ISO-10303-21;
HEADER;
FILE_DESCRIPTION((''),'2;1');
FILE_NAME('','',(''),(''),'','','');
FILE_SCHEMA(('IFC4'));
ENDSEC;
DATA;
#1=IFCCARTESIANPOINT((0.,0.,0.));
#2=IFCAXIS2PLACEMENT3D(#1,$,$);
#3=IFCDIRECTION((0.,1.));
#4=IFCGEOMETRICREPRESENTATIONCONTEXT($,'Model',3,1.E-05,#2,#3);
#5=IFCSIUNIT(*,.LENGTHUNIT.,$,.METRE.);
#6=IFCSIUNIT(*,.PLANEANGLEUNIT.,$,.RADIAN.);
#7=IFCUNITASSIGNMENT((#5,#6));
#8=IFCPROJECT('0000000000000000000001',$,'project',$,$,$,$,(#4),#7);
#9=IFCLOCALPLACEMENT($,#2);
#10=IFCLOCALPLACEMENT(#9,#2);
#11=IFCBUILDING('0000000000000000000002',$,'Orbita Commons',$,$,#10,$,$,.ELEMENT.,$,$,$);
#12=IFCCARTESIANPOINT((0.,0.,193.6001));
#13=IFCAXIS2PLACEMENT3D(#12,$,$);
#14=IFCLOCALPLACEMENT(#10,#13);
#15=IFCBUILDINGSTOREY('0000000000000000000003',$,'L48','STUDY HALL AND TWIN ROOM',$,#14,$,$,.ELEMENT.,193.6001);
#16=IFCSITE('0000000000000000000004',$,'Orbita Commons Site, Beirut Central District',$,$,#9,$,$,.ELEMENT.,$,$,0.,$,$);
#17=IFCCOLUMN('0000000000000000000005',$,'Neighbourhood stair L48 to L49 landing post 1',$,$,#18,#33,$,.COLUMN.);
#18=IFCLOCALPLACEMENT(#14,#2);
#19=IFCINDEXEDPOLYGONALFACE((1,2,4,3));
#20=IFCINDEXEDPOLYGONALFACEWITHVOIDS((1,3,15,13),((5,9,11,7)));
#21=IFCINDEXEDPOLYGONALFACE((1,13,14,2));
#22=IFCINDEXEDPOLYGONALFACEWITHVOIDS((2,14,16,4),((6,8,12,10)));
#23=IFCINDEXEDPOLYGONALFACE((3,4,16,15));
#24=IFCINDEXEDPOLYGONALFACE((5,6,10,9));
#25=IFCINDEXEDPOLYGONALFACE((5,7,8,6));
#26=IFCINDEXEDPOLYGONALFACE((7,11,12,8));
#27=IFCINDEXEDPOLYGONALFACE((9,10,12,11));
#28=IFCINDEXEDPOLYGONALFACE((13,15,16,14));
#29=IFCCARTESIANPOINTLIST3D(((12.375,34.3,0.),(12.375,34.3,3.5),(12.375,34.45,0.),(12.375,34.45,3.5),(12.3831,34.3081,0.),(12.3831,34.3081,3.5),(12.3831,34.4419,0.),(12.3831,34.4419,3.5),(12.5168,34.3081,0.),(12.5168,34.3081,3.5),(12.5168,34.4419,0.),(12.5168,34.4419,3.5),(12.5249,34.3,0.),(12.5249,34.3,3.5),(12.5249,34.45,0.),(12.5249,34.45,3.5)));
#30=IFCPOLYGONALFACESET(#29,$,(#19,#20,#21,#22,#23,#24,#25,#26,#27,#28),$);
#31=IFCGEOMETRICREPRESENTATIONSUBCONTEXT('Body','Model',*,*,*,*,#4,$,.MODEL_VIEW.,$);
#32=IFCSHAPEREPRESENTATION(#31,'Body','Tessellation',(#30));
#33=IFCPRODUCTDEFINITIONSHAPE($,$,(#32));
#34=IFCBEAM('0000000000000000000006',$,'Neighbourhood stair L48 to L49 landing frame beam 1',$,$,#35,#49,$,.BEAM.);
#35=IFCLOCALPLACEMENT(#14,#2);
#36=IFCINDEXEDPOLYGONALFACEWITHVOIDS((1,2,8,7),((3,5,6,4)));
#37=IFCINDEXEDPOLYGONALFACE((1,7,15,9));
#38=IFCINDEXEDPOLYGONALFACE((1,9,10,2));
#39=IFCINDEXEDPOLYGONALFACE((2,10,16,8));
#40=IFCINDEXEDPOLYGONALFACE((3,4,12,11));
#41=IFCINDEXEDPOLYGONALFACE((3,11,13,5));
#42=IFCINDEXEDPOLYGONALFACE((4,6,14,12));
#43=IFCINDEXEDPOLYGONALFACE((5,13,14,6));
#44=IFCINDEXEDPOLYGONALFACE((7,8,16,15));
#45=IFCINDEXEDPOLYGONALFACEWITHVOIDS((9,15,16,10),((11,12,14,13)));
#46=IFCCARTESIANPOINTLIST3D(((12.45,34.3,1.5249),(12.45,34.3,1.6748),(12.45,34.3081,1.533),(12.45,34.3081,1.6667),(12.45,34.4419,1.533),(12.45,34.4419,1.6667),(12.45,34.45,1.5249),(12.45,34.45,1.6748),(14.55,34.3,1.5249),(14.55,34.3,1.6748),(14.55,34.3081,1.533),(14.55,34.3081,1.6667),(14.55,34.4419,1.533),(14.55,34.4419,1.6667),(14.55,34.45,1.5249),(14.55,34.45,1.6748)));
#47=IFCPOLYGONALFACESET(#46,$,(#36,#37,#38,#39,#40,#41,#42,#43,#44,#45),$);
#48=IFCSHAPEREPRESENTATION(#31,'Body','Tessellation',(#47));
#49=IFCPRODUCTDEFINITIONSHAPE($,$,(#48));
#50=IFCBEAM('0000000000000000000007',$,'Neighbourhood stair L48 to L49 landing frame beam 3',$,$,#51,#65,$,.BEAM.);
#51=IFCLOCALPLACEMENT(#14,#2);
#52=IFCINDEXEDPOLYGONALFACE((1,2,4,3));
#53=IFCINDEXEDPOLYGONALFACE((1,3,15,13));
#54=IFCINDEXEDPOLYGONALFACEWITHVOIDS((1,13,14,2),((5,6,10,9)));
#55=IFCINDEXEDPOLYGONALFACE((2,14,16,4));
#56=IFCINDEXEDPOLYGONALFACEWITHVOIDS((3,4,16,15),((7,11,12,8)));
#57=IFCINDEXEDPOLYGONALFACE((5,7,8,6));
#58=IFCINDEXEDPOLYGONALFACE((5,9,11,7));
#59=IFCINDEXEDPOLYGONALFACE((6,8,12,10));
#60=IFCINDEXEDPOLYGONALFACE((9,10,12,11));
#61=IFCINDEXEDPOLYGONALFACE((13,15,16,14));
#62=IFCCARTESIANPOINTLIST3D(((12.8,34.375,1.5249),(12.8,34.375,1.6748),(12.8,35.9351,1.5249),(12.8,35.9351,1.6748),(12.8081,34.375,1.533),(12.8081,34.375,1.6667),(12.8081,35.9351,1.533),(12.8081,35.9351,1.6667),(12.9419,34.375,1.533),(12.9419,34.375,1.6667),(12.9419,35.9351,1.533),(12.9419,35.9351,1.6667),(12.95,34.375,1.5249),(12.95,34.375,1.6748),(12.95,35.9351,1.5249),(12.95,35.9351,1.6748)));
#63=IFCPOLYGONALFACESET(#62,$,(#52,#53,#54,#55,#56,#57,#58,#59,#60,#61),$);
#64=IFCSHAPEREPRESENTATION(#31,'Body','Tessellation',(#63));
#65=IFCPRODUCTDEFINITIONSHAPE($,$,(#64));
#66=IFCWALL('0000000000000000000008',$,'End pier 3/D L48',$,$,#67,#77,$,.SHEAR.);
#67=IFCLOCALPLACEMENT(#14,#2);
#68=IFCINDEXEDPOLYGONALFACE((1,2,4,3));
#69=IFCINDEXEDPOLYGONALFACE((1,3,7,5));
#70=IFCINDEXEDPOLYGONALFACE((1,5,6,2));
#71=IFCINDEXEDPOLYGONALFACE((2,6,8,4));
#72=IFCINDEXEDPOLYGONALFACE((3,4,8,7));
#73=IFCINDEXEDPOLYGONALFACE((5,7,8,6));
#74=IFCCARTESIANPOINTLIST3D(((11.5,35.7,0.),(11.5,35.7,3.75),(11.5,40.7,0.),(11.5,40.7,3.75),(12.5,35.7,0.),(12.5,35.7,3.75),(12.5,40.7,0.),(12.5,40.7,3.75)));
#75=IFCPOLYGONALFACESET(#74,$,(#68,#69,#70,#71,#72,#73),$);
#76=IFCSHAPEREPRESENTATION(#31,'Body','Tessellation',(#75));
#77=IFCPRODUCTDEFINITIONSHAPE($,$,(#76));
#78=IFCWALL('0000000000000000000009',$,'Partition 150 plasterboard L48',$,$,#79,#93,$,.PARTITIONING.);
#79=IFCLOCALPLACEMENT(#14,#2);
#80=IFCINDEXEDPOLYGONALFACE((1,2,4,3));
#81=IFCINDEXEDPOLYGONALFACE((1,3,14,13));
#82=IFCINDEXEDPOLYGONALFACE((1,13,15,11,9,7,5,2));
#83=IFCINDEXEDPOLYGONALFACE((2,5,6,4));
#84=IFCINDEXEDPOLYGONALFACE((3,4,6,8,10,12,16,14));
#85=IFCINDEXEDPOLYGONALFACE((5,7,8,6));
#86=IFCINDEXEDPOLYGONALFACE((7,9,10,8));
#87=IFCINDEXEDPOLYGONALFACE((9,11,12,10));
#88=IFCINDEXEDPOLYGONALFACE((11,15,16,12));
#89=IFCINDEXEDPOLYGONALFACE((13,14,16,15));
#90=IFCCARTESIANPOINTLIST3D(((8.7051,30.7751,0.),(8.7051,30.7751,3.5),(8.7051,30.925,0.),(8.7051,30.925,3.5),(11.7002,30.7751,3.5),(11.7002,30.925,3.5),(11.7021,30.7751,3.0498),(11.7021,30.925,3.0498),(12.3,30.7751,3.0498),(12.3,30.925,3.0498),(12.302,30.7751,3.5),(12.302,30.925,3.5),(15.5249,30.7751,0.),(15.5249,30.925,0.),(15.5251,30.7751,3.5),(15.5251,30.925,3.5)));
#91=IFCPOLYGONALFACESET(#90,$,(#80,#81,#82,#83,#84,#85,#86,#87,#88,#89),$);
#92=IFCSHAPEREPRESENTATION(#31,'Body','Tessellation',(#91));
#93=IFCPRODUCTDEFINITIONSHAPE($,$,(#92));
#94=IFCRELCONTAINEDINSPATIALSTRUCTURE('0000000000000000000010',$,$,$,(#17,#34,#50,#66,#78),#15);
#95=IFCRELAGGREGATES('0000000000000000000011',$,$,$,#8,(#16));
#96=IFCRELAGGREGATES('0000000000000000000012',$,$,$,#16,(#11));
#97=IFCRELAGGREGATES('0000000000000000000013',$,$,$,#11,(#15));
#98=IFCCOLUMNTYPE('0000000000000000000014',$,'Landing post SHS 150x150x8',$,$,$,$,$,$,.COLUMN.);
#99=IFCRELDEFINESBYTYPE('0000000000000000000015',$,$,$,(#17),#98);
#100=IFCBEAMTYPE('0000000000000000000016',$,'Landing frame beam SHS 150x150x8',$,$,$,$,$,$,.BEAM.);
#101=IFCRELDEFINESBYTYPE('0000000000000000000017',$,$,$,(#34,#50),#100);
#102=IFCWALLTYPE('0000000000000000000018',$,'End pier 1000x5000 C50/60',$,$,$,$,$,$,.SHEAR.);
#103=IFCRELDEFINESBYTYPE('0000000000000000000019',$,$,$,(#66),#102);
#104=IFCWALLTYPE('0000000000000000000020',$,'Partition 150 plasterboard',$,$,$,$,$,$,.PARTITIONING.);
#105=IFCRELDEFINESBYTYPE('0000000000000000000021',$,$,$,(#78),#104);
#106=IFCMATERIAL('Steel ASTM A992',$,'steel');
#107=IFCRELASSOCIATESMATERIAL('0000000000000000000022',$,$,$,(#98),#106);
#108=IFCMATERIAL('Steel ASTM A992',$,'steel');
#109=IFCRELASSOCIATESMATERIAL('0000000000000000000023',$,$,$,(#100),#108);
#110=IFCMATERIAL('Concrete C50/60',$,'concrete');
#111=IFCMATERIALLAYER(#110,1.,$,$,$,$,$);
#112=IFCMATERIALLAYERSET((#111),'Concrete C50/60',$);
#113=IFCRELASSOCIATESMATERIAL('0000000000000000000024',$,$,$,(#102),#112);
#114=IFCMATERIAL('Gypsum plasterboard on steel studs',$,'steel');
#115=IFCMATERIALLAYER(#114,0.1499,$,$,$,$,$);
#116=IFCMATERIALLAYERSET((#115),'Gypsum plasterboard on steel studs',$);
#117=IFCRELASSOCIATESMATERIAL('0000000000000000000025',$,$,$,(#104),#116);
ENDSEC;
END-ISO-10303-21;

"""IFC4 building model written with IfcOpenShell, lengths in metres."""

from ifc_helpers import new_model, si_unit, direction, frame, frame_2d, origin, origin_2d, place, context, subcontext, project, spatial, polyline, rectangle, hollow_rectangle, outline, extrude, material, layer, layer_set, material_profile, profile_set, type_object, element, save


model = new_model("IFC4")

# Units and contexts
model_context = context("Model", 3, precision=1e-05, world=origin(), true_north=direction((0.0, 1.0)))
body_context = subcontext(model_context, "Body", "Model", "MODEL_VIEW")
ifc_project = project(units=[si_unit("LENGTHUNIT", "METRE"), si_unit("PLANEANGLEUNIT", "RADIAN")], contexts=[model_context])

# Site, building, storey
site_placement = place(None, origin())
site = spatial("IfcSite", under=ifc_project, at=site_placement, Name="Orbita Commons Site, Beirut Central District", CompositionType="ELEMENT", RefElevation=0.0)
building_placement = place(site_placement, origin())
building = spatial("IfcBuilding", under=site, at=building_placement, Name="Orbita Commons", CompositionType="ELEMENT")
storey_placement = place(building_placement, frame((0.0, 0.0, 193.6001)))
storey = spatial("IfcBuildingStorey", under=building, at=storey_placement, Name="L48", Description="STUDY HALL AND TWIN ROOM", CompositionType="ELEMENT", Elevation=193.6001)

# Column
ifc_material_1 = material(Name="Steel ASTM A992", Category="steel")
ifc_material_profile_1 = material_profile(ifc_material_1, hollow_rectangle(XDim=0.1499, YDim=0.1499, WallThickness=0.0081, at=origin_2d()), Name="SHS 150x150x8")
ifc_profile_set_1 = profile_set([ifc_material_profile_1], Name="Steel ASTM A992")
column_type = type_object("IfcColumnType", Name="Landing post SHS 150x150x8", PredefinedType="COLUMN", material=ifc_profile_set_1)
column_placement = place(storey_placement, frame((12.45, 34.375, 0.0), z_axis=(0.0, 0.0, 1.0), x_axis=(1.0, 0.0, 0.0)))
element("IfcColumn", 1, at=column_placement, inside=storey, type_object=column_type, Name="Neighbourhood stair L48 to L49 landing post 1", PredefinedType="COLUMN", context=body_context, shape_type="SweptSolid", body=[
    extrude(hollow_rectangle(XDim=0.1499, YDim=0.1499, WallThickness=0.0081, at=origin_2d()), origin(), (0.0, 0.0, 1.0), 3.5),
])

# Beams
ifc_material_2 = material(Name="Steel ASTM A992", Category="steel")
ifc_material_profile_2 = material_profile(ifc_material_2, hollow_rectangle(XDim=0.1499, YDim=0.1499, WallThickness=0.0081, at=origin_2d()), Name="SHS 150x150x8")
ifc_profile_set_2 = profile_set([ifc_material_profile_2], Name="Steel ASTM A992")
beam_type = type_object("IfcBeamType", Name="Landing frame beam SHS 150x150x8", PredefinedType="BEAM", material=ifc_profile_set_2)
beam_1_placement = place(storey_placement, frame((12.45, 34.375, 1.5999), z_axis=(1.0, 0.0, 0.0), x_axis=(0.0, 1.0, 0.0)))
element("IfcBeam", 2, at=beam_1_placement, inside=storey, type_object=beam_type, Name="Neighbourhood stair L48 to L49 landing frame beam 1", PredefinedType="BEAM", context=body_context, shape_type="SweptSolid", body=[
    extrude(hollow_rectangle(XDim=0.1499, YDim=0.1499, WallThickness=0.0081, at=origin_2d()), origin(), (0.0, 0.0, 1.0), 2.1001),
])
beam_2_placement = place(storey_placement, frame((12.875, 34.375, 1.5999), z_axis=(0.0, 1.0, 0.0), x_axis=(-1.0, 0.0, 0.0)))
element("IfcBeam", 3, at=beam_2_placement, inside=storey, type_object=beam_type, Name="Neighbourhood stair L48 to L49 landing frame beam 3", PredefinedType="BEAM", context=body_context, shape_type="SweptSolid", body=[
    extrude(hollow_rectangle(XDim=0.1499, YDim=0.1499, WallThickness=0.0081, at=origin_2d()), origin(), (0.0, 0.0, 1.0), 1.5601),
])

# Walls
ifc_material_3 = material(Name="Concrete C50/60", Category="concrete")
ifc_layer_1 = layer(ifc_material_3, 1.0)
ifc_layer_set_1 = layer_set([ifc_layer_1], Name="Concrete C50/60")
wall_type_1 = type_object("IfcWallType", Name="End pier 1000x5000 C50/60", PredefinedType="SHEAR", material=ifc_layer_set_1)
wall_1_placement = place(storey_placement, frame((12.0, 35.7, 0.0), z_axis=(0.0, 0.0, 1.0), x_axis=(0.0, 1.0, 0.0)))
element("IfcWall", 4, at=wall_1_placement, inside=storey, type_object=wall_type_1, Name="End pier 3/D L48", PredefinedType="SHEAR", context=body_context, shape_type="SweptSolid", body=[
    extrude(rectangle(XDim=5.0, YDim=1.0, at=frame_2d((2.5, 0.0))), origin(), (0.0, 0.0, 1.0), 3.75),
])
ifc_material_4 = material(Name="Gypsum plasterboard on steel studs", Category="steel")
ifc_layer_2 = layer(ifc_material_4, 0.1499)
ifc_layer_set_2 = layer_set([ifc_layer_2], Name="Gypsum plasterboard on steel studs")
wall_type_2 = type_object("IfcWallType", Name="Partition 150 plasterboard", PredefinedType="PARTITIONING", material=ifc_layer_set_2)
wall_2_placement = place(storey_placement, frame((8.7051, 30.8501, 0.0), z_axis=(0.0, 0.0, 1.0), x_axis=(1.0, 0.0, 0.0)))
element("IfcWall", 5, at=wall_2_placement, inside=storey, type_object=wall_type_2, Name="Partition 150 plasterboard L48", PredefinedType="PARTITIONING", context=body_context, shape_type="SweptSolid", body=[
    extrude(outline(polyline([(0.0, 0.0), (6.8198, 0.0), (6.8201, 3.5), (3.5969, 3.5), (3.595, 3.0498), (2.9971, 3.0498), (2.9951, 3.5), (0.0, 3.5), (0.0, 0.0)])), frame((0.0, 0.075, 0.0), z_axis=(0.0, -1.0, 0.0), x_axis=(1.0, 0.0, 0.0)), (0.0, 0.0, 1.0), 0.1499),
])

save(model, "model.ifc")
